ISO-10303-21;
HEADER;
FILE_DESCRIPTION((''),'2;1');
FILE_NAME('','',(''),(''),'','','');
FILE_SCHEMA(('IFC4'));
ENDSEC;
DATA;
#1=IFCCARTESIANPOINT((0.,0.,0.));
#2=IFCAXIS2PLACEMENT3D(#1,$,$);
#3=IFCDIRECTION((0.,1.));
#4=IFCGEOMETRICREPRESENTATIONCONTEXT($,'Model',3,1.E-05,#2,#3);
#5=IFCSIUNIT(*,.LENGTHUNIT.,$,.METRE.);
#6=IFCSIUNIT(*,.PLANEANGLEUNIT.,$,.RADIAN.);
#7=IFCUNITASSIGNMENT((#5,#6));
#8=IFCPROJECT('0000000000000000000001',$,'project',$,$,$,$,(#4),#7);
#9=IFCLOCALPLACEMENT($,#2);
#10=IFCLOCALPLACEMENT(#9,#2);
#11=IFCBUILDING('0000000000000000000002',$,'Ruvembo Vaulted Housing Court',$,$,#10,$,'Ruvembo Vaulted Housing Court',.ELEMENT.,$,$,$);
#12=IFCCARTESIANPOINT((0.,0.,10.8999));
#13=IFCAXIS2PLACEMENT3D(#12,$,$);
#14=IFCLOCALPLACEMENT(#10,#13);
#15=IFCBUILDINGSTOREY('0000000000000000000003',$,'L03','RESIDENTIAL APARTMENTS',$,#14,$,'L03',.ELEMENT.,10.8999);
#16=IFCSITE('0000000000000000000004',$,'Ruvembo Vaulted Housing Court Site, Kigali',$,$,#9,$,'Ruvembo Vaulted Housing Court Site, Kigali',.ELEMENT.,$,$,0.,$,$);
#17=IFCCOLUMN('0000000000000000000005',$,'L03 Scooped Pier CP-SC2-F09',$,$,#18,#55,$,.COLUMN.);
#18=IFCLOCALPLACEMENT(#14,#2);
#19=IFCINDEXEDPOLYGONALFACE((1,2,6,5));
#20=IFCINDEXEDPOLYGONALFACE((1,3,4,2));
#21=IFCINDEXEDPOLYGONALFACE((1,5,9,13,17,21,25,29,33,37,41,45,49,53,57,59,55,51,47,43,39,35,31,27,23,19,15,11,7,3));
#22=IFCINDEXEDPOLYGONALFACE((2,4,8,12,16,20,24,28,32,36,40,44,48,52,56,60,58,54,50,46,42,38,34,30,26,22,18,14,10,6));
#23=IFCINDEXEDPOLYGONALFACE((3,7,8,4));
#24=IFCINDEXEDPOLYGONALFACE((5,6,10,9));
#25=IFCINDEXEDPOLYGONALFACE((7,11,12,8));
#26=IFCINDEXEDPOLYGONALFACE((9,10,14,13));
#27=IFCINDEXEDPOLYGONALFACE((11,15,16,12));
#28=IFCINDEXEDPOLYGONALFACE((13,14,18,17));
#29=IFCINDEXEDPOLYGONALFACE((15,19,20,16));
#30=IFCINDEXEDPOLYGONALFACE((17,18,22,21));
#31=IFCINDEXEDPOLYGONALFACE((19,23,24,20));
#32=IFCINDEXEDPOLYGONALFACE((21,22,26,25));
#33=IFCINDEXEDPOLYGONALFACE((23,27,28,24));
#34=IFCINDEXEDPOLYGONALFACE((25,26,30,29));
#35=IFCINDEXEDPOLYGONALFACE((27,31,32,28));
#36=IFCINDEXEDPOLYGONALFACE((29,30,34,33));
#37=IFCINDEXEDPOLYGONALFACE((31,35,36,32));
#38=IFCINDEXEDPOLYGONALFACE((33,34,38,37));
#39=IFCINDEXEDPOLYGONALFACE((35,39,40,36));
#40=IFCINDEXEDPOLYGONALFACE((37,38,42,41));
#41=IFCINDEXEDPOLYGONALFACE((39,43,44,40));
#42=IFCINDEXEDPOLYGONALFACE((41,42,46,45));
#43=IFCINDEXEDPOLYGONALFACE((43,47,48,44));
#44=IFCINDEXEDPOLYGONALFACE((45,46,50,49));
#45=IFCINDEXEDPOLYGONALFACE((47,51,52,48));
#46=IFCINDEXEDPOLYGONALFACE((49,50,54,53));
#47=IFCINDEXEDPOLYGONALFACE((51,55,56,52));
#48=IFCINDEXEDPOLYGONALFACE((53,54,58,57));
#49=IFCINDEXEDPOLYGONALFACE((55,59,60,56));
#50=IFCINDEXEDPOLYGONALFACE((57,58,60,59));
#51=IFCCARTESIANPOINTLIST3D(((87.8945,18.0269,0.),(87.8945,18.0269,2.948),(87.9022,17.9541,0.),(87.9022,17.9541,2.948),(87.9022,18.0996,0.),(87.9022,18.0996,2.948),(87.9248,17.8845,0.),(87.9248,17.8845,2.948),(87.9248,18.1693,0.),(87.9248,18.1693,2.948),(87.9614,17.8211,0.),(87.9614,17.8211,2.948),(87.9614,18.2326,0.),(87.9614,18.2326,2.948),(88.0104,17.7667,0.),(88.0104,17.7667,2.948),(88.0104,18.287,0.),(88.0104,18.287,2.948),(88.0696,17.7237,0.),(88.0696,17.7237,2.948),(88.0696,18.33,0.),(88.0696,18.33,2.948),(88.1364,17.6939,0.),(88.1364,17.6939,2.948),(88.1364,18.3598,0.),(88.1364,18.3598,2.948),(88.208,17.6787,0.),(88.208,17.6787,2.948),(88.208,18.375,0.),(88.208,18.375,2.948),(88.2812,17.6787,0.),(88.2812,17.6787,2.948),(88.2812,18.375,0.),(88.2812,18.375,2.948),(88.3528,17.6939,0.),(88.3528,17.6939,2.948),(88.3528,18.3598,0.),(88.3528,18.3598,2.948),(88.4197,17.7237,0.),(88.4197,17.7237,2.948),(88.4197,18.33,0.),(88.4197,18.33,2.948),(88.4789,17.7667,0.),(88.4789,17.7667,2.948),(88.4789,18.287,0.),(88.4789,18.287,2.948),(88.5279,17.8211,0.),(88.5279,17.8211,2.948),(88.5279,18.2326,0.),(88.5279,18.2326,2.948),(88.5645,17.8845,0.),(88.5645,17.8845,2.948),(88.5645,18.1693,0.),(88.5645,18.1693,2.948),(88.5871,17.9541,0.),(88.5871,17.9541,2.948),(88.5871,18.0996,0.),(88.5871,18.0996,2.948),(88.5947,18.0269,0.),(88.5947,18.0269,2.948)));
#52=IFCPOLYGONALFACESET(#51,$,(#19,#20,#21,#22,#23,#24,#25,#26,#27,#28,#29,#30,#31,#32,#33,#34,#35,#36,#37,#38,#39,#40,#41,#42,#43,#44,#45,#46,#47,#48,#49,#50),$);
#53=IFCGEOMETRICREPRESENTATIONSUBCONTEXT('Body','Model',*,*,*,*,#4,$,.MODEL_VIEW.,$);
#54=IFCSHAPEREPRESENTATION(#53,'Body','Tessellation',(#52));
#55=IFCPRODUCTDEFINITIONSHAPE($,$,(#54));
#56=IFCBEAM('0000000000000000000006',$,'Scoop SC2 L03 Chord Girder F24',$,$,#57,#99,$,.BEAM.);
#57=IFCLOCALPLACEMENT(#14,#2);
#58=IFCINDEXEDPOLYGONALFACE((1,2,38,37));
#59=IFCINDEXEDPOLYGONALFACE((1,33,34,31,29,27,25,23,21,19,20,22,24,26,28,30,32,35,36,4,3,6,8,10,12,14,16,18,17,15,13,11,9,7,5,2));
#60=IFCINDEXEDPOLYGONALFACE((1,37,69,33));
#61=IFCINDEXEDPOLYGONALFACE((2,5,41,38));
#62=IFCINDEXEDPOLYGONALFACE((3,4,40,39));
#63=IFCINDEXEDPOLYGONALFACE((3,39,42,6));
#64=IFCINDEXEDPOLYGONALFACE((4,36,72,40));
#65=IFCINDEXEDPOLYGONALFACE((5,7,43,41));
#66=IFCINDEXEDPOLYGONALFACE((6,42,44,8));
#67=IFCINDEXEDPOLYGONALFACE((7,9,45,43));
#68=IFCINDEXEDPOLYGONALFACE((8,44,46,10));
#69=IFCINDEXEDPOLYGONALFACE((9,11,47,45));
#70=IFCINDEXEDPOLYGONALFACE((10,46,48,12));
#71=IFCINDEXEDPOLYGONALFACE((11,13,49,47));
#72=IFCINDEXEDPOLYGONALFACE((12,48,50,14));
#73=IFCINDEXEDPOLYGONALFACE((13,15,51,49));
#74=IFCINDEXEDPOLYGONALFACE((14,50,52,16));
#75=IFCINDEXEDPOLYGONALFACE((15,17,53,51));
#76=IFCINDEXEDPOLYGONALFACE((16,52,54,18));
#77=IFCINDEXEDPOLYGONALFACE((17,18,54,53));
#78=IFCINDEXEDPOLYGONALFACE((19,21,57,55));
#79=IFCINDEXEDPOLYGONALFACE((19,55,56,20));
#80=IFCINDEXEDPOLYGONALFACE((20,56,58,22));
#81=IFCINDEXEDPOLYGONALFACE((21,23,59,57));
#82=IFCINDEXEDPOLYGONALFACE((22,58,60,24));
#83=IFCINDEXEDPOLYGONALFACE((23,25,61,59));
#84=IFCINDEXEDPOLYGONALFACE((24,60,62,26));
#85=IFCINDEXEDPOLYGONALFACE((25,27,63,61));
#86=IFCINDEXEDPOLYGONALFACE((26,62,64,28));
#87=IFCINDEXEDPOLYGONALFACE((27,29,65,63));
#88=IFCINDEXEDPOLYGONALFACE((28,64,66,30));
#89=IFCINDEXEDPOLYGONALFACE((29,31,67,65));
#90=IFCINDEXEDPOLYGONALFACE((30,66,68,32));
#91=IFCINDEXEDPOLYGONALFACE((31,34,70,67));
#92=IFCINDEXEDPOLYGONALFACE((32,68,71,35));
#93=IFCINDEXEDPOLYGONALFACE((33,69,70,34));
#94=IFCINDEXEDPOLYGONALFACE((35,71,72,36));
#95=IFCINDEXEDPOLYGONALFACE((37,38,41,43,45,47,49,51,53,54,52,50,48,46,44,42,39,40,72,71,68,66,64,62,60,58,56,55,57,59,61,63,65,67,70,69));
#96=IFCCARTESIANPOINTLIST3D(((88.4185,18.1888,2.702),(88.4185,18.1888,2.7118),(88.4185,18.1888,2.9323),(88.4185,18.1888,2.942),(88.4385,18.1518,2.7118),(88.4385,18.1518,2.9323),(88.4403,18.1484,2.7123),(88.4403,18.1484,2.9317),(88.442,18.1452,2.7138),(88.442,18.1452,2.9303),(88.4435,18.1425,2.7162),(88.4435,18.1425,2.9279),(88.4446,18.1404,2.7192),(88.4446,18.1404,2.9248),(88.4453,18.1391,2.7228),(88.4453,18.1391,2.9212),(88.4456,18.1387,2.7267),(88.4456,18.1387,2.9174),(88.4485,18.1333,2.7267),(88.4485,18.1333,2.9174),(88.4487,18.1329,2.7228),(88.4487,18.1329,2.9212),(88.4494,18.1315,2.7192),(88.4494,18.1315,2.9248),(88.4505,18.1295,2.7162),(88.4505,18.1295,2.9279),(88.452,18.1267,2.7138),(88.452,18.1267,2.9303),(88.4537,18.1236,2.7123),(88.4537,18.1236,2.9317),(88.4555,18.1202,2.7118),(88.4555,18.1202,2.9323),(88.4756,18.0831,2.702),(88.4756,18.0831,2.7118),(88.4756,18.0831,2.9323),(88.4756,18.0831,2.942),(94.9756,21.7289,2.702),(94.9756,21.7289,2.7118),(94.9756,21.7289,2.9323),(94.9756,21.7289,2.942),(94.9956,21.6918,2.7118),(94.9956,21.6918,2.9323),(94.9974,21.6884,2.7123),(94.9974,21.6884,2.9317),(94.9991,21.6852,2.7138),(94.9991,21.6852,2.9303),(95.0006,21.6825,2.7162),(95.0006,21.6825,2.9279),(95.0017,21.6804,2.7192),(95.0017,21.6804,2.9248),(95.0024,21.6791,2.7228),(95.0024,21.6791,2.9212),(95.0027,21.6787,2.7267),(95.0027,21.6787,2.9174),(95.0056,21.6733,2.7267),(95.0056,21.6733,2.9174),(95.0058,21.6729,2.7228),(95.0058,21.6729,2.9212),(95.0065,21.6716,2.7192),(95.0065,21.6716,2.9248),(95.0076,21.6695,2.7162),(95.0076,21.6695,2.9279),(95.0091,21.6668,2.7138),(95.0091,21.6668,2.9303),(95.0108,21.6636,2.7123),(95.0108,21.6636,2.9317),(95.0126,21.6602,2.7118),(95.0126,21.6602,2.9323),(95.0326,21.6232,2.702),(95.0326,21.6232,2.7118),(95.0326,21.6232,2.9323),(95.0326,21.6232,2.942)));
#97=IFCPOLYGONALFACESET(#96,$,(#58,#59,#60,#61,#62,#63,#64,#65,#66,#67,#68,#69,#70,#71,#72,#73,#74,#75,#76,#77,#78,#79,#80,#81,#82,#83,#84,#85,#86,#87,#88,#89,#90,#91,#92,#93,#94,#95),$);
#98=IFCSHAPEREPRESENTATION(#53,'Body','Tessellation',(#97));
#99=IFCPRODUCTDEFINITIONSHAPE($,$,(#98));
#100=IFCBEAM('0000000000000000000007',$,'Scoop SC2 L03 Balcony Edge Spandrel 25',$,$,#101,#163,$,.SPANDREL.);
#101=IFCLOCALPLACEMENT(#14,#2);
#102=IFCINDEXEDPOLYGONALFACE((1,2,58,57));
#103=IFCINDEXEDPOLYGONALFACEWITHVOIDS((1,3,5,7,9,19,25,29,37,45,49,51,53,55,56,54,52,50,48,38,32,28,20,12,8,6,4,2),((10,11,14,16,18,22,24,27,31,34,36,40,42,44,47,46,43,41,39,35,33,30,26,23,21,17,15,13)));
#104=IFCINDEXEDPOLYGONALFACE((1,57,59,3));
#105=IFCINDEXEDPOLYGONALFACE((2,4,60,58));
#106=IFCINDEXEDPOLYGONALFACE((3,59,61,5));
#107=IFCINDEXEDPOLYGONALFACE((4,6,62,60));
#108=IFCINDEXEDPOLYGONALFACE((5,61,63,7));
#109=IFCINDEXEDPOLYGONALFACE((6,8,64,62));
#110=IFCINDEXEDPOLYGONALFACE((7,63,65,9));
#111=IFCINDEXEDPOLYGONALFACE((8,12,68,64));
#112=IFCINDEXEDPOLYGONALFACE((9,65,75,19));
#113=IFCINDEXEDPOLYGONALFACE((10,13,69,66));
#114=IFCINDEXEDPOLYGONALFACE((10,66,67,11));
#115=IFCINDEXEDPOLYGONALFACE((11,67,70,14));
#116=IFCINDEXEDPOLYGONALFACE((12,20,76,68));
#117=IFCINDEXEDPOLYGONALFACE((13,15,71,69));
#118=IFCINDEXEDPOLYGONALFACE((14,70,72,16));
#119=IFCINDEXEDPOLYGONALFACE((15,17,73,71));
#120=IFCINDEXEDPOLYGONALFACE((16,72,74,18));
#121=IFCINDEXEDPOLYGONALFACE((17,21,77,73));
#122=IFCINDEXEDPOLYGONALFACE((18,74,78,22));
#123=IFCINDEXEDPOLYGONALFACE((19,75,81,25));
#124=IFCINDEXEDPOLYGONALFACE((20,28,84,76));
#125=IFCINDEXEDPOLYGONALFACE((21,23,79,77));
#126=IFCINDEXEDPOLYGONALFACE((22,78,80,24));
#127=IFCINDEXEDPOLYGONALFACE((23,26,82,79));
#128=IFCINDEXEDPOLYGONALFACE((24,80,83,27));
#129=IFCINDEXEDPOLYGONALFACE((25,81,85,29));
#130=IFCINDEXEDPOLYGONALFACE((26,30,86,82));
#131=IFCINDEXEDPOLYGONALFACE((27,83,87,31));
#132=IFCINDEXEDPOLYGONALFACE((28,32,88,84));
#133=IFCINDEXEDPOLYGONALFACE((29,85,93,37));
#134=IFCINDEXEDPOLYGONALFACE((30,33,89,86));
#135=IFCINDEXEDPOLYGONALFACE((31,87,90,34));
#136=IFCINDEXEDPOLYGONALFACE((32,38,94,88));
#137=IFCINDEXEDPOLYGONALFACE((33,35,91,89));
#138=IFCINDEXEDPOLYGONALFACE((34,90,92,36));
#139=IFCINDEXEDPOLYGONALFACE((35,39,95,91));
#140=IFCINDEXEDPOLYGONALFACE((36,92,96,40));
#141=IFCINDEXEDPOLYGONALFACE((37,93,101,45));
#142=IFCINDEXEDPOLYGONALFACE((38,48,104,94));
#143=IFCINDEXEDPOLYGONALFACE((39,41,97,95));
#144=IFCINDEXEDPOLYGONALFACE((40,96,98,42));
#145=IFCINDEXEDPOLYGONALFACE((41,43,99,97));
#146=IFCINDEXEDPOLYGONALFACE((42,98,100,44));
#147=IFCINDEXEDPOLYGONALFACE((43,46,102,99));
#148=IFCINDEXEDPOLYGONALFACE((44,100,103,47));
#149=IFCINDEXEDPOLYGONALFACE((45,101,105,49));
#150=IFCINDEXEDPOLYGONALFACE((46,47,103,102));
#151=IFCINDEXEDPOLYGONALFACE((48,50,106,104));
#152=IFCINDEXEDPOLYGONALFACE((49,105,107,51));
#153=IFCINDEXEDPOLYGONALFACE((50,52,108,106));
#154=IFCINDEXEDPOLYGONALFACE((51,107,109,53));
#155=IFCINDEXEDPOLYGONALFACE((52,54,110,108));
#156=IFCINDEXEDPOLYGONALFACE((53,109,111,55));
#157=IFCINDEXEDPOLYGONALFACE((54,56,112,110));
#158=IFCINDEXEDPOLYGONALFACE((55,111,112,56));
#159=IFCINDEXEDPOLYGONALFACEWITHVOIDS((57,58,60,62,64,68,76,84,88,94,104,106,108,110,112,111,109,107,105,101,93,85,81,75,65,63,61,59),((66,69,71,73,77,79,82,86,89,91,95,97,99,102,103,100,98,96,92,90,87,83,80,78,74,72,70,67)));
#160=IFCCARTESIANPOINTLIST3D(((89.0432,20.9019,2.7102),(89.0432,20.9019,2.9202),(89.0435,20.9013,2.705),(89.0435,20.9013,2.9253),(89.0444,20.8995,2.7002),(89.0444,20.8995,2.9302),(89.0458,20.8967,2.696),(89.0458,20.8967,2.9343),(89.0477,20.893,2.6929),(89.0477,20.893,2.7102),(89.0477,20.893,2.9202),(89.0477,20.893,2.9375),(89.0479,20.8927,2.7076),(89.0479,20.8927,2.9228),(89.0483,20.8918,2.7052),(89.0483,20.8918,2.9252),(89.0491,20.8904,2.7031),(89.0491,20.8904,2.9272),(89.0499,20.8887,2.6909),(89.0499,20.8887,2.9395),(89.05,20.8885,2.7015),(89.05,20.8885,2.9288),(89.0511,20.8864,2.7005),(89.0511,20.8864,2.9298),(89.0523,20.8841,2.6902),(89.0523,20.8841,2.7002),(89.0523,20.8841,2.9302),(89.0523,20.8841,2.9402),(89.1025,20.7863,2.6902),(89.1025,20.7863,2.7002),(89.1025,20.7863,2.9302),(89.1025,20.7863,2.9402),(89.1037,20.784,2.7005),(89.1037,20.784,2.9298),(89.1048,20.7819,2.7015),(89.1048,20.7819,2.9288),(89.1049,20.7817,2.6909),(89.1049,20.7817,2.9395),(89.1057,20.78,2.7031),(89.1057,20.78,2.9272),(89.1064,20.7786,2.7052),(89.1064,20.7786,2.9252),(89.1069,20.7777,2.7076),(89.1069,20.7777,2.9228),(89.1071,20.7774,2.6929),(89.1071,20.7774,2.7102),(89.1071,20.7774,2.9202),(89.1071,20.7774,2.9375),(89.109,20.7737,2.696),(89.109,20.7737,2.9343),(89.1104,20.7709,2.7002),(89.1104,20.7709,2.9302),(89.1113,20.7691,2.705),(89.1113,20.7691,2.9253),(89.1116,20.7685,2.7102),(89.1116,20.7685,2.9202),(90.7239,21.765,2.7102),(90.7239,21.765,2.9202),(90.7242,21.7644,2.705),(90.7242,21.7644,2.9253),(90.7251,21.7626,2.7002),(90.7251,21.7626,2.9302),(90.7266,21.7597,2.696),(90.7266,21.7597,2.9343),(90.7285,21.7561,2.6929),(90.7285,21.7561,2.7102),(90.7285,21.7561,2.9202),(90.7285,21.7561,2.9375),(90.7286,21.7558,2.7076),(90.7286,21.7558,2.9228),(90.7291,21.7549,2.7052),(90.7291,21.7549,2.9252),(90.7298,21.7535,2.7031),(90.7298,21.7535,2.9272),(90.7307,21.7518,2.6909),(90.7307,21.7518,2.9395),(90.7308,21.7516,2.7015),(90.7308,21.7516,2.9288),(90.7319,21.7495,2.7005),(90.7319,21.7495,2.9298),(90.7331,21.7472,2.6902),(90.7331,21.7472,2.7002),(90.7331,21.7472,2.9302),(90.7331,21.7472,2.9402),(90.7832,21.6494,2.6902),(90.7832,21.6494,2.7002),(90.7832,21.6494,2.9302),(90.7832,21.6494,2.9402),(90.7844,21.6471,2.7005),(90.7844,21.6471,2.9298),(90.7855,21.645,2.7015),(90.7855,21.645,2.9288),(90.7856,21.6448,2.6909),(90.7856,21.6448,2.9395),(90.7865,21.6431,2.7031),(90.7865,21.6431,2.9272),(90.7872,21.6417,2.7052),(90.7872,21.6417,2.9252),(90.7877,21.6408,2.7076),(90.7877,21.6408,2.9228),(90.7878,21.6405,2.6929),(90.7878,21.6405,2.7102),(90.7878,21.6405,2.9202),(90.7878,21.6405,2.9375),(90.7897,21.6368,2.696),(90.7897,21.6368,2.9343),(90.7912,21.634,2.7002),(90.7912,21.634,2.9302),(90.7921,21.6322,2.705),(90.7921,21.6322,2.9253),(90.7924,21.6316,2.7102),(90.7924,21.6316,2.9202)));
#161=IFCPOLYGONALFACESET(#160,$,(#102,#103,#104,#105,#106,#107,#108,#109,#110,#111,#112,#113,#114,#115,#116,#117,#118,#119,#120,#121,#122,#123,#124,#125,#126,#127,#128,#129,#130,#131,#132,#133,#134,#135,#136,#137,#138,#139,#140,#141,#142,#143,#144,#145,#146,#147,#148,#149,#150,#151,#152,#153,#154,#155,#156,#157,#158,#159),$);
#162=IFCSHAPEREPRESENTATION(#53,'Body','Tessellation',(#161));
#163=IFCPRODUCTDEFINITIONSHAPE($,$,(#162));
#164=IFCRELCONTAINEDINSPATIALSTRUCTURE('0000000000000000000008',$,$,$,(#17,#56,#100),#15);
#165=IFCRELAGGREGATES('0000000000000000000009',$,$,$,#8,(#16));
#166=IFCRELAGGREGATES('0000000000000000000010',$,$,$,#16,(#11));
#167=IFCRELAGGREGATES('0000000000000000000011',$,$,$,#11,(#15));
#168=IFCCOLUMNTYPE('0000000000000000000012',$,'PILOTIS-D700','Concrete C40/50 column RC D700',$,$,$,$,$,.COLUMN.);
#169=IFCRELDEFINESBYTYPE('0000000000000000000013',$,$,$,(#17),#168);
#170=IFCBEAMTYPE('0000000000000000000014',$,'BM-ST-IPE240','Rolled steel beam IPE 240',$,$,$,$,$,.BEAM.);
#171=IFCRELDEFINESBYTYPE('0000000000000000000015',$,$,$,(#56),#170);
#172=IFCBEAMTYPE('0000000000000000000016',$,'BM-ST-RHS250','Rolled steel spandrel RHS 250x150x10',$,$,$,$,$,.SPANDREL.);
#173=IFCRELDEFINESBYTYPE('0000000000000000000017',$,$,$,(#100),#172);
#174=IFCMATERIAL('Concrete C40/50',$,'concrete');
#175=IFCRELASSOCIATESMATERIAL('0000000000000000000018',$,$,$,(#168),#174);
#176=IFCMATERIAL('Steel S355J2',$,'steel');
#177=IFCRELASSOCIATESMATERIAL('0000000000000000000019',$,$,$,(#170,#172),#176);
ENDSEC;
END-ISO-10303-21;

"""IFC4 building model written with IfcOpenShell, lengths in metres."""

from ifc_helpers import new_model, si_unit, direction, frame, origin, origin_2d, place, context, subcontext, project, spatial, hollow_rectangle, circle, i_section, extrude, material, material_profile, profile_set, type_object, element, save


model = new_model("IFC4")

# Units and contexts
model_context = context("Model", 3, precision=1e-05, world=origin(), true_north=direction((0.0, 1.0)))
body_context = subcontext(model_context, "Body", "Model", "MODEL_VIEW")
ifc_project = project(units=[si_unit("LENGTHUNIT", "METRE"), si_unit("PLANEANGLEUNIT", "RADIAN")], contexts=[model_context])

# Site, building, storey
site_placement = place(None, origin())
site = spatial("IfcSite", under=ifc_project, at=site_placement, Name="Ruvembo Vaulted Housing Court Site, Kigali", LongName="Ruvembo Vaulted Housing Court Site, Kigali", CompositionType="ELEMENT", RefElevation=0.0)
building_placement = place(site_placement, origin())
building = spatial("IfcBuilding", under=site, at=building_placement, Name="Ruvembo Vaulted Housing Court", LongName="Ruvembo Vaulted Housing Court", CompositionType="ELEMENT")
storey_placement = place(building_placement, frame((0.0, 0.0, 10.8999)))
storey = spatial("IfcBuildingStorey", under=building, at=storey_placement, Name="L03", Description="RESIDENTIAL APARTMENTS", LongName="L03", CompositionType="ELEMENT", Elevation=10.8999)

# Column
ifc_material_1 = material(Name="Concrete C40/50", Category="concrete")
ifc_material_profile_1 = material_profile(ifc_material_1, circle(Radius=0.3501, at=origin_2d()), Name="RC D700")
ifc_profile_set_1 = profile_set([ifc_material_profile_1], Name="Concrete C40/50")
column_type = type_object("IfcColumnType", Name="PILOTIS-D700", Description="Concrete C40/50 column RC D700", PredefinedType="COLUMN", material=ifc_profile_set_1)
column_placement = place(storey_placement, frame((88.2446, 18.0269, 0.0), z_axis=(0.0, 0.0, 1.0), x_axis=(1.0, 0.0, 0.0)))
element("IfcColumn", 1, at=column_placement, inside=storey, type_object=column_type, Name="L03 Scooped Pier CP-SC2-F09", PredefinedType="COLUMN", context=body_context, shape_type="SweptSolid", body=[
    extrude(circle(Radius=0.3501, at=origin_2d()), origin(), (0.0, 0.0, 1.0), 2.948),
])

# Beams
ifc_material_2 = material(Name="Steel S355J2", Category="steel")
ifc_material_profile_2 = material_profile(ifc_material_2, i_section(OverallWidth=0.1201, OverallDepth=0.24, WebThickness=0.0061, FlangeThickness=0.0098, FilletRadius=0.0149, at=origin_2d()), Name="IPE 240")
ifc_profile_set_2 = profile_set([ifc_material_profile_2], Name="Steel S355J2")
beam_type_1 = type_object("IfcBeamType", Name="BM-ST-IPE240", Description="Rolled steel beam IPE 240", PredefinedType="BEAM", material=ifc_profile_set_2)
beam_1_placement = place(storey_placement, frame((88.447, 18.136, 2.822), z_axis=(0.879951, 0.475065, 0.0), x_axis=(-0.475065, 0.879951, 0.0)))
element("IfcBeam", 2, at=beam_1_placement, inside=storey, type_object=beam_type_1, Name="Scoop SC2 L03 Chord Girder F24", PredefinedType="BEAM", context=body_context, shape_type="SweptSolid", body=[
    extrude(i_section(OverallWidth=0.1201, OverallDepth=0.24, WebThickness=0.0061, FlangeThickness=0.0098, FilletRadius=0.0149, at=origin_2d()), origin(), (0.0, 0.0, 1.0), 7.4517),
])
ifc_material_profile_3 = material_profile(ifc_material_2, hollow_rectangle(XDim=0.1499, YDim=0.25, WallThickness=0.01, InnerFilletRadius=0.01, OuterFilletRadius=0.02, at=origin_2d()), Name="RHS 250x150x10")
ifc_profile_set_3 = profile_set([ifc_material_profile_3], Name="Steel S355J2")
beam_type_2 = type_object("IfcBeamType", Name="BM-ST-RHS250", Description="Rolled steel spandrel RHS 250x150x10", PredefinedType="SPANDREL", material=ifc_profile_set_3)
beam_2_placement = place(storey_placement, frame((89.0774, 20.8352, 2.8152), z_axis=(0.889568, 0.456802, 0.0), x_axis=(-0.456802, 0.889568, 0.0)))
element("IfcBeam", 3, at=beam_2_placement, inside=storey, type_object=beam_type_2, Name="Scoop SC2 L03 Balcony Edge Spandrel 25", PredefinedType="SPANDREL", context=body_context, shape_type="SweptSolid", body=[
    extrude(hollow_rectangle(XDim=0.1499, YDim=0.25, WallThickness=0.01, InnerFilletRadius=0.01, OuterFilletRadius=0.02, at=origin_2d()), origin(), (0.0, 0.0, 1.0), 1.8894),
])

save(model, "model.ifc")
